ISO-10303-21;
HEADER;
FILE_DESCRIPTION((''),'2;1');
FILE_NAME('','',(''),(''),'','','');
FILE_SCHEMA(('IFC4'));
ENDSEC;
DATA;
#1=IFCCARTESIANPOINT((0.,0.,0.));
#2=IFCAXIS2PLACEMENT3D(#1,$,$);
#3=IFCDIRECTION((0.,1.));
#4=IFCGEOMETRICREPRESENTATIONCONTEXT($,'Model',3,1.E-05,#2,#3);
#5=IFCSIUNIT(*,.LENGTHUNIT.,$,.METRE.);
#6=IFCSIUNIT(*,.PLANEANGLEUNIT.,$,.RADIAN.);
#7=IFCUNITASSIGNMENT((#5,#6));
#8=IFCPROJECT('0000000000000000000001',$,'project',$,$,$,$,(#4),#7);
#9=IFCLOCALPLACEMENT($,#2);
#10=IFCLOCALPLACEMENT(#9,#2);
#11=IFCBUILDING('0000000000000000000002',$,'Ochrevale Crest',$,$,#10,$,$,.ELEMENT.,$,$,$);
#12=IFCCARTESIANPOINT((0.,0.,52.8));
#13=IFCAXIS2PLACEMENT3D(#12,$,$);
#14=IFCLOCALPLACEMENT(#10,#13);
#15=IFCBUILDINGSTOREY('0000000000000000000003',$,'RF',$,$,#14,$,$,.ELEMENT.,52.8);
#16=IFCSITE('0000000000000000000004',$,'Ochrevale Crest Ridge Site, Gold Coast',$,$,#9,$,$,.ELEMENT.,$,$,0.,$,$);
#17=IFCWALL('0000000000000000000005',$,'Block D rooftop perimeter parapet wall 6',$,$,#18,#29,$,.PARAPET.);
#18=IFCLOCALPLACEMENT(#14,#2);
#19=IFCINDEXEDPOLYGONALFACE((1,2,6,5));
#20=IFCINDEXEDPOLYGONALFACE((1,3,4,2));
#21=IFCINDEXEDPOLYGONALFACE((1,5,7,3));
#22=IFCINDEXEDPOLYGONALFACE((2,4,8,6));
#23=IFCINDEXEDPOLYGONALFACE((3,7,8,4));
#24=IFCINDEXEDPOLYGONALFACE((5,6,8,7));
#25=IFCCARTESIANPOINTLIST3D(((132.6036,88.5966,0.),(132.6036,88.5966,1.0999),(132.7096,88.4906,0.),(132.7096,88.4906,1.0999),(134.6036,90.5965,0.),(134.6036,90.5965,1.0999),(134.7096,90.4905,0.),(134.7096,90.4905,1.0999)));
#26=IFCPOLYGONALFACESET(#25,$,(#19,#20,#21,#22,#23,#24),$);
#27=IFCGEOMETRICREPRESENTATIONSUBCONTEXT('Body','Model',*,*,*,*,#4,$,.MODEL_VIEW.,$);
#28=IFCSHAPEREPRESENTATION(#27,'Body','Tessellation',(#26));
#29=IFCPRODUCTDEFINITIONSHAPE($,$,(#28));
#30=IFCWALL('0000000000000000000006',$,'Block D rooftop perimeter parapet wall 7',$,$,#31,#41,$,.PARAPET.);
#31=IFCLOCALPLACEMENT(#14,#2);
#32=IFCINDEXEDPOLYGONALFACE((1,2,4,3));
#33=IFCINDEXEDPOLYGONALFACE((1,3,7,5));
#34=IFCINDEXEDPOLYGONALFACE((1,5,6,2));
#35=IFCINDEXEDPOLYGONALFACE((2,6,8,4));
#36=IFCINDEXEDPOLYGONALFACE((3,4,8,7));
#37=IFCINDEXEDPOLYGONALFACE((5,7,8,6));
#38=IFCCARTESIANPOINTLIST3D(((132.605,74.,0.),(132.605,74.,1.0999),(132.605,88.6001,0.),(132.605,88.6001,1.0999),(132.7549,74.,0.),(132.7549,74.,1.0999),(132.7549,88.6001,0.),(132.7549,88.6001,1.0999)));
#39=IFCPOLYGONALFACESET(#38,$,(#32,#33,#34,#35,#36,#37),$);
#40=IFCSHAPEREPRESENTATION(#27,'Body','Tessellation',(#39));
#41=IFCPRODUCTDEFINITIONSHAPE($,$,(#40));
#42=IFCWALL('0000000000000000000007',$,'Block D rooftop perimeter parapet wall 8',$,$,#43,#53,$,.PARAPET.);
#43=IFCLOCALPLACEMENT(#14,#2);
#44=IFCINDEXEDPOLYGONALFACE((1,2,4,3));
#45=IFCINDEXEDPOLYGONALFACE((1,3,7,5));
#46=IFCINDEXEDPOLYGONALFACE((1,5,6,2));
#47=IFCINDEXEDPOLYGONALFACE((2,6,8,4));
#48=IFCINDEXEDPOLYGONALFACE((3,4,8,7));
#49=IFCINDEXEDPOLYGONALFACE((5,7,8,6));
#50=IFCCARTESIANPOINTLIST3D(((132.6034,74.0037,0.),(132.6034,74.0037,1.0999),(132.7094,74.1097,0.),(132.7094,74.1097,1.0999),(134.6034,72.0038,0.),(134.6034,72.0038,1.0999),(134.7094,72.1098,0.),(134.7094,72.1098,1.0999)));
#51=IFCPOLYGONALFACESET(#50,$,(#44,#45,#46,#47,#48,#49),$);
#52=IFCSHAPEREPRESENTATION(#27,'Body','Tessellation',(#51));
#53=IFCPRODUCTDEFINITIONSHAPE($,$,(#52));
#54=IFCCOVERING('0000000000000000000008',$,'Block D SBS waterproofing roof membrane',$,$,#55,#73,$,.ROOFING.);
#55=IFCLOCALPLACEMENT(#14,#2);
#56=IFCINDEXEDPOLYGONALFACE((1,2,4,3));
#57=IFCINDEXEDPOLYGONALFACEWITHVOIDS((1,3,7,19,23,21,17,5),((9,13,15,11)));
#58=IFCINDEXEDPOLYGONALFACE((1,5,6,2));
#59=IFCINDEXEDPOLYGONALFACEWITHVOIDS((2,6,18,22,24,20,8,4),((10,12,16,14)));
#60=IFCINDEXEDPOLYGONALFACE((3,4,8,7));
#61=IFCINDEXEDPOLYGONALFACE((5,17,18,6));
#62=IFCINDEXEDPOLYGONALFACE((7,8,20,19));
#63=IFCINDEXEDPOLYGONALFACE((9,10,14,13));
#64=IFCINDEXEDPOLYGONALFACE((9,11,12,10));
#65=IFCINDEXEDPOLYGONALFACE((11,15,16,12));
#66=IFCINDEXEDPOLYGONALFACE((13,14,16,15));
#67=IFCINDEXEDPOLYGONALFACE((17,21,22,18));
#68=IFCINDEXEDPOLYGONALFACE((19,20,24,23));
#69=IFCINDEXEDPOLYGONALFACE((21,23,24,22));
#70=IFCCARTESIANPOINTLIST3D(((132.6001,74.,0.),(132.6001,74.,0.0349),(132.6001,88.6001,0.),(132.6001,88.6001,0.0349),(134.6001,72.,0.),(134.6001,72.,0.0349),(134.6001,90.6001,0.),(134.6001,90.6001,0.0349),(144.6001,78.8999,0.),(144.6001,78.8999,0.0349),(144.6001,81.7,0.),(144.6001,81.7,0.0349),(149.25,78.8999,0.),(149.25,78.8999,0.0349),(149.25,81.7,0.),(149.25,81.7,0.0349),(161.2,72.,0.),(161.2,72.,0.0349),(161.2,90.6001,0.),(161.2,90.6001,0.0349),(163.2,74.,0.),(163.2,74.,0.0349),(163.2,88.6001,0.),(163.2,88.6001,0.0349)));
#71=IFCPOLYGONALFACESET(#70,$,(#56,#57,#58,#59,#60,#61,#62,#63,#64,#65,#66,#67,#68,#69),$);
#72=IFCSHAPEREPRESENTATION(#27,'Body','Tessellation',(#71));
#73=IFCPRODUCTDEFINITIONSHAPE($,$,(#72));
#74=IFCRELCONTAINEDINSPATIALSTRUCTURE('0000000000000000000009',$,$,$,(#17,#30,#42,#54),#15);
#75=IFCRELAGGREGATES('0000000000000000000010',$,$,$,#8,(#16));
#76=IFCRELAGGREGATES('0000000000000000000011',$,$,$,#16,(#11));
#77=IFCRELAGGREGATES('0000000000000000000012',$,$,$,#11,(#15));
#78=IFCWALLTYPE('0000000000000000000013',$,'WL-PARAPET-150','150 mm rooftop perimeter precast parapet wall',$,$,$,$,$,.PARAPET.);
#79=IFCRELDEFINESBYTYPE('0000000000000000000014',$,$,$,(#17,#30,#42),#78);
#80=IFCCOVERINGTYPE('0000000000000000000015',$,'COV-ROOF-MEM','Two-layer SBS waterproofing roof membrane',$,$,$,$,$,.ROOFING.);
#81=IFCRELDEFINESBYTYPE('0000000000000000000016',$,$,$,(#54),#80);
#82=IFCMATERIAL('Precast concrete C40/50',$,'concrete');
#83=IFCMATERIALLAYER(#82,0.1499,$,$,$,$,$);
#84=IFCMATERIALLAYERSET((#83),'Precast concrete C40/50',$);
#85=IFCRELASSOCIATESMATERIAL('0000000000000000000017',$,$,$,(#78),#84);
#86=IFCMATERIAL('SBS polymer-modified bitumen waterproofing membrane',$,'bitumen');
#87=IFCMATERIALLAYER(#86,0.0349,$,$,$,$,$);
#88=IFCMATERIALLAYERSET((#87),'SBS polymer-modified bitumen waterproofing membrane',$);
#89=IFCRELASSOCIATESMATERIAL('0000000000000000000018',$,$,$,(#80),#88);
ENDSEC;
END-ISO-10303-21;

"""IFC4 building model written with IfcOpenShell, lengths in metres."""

from ifc_helpers import new_model, si_unit, direction, frame, frame_2d, origin, place, context, subcontext, project, spatial, polyline, rectangle, outline, extrude, material, layer, layer_set, type_object, element, save


model = new_model("IFC4")

# Units and contexts
model_context = context("Model", 3, precision=1e-05, world=origin(), true_north=direction((0.0, 1.0)))
body_context = subcontext(model_context, "Body", "Model", "MODEL_VIEW")
ifc_project = project(units=[si_unit("LENGTHUNIT", "METRE"), si_unit("PLANEANGLEUNIT", "RADIAN")], contexts=[model_context])

# Site, building, storey
site_placement = place(None, origin())
site = spatial("IfcSite", under=ifc_project, at=site_placement, Name="Ochrevale Crest Ridge Site, Gold Coast", CompositionType="ELEMENT", RefElevation=0.0)
building_placement = place(site_placement, origin())
building = spatial("IfcBuilding", under=site, at=building_placement, Name="Ochrevale Crest", CompositionType="ELEMENT")
storey_placement = place(building_placement, frame((0.0, 0.0, 52.8)))
storey = spatial("IfcBuildingStorey", under=building, at=storey_placement, Name="RF", CompositionType="ELEMENT", Elevation=52.8)

# Shared definitions
ifc_material_1 = material(Name="Precast concrete C40/50", Category="concrete")

# Walls
ifc_layer_1 = layer(ifc_material_1, 0.1499)
ifc_layer_set_1 = layer_set([ifc_layer_1], Name="Precast concrete C40/50")
wall_type_1 = type_object("IfcWallType", Name="WL-PARAPET-150", Description="150 mm rooftop perimeter precast parapet wall", PredefinedType="PARAPET", material=ifc_layer_set_1)
wall_1_placement = place(storey_placement, frame((134.6565, 90.5435, 0.0), z_axis=(0.0, 0.0, 1.0), x_axis=(-0.707107, -0.707107, 0.0)))
element("IfcWall", 1, at=wall_1_placement, inside=storey, type_object=wall_type_1, Name="Block D rooftop perimeter parapet wall 6", PredefinedType="PARAPET", context=body_context, shape_type="SweptSolid", body=[
    extrude(rectangle(XDim=2.8284, YDim=0.1499, at=frame_2d((1.4141, 0.0))), origin(), (0.0, 0.0, 1.0), 1.0999),
])
wall_2_placement = place(storey_placement, frame((132.6799, 88.6001, 0.0), z_axis=(0.0, 0.0, 1.0), x_axis=(0.0, -1.0, 0.0)))
element("IfcWall", 2, at=wall_2_placement, inside=storey, type_object=wall_type_1, Name="Block D rooftop perimeter parapet wall 7", PredefinedType="PARAPET", context=body_context, shape_type="SweptSolid", body=[
    extrude(rectangle(XDim=14.6001, YDim=0.1499, at=frame_2d((7.3, 0.0))), origin(), (0.0, 0.0, 1.0), 1.0999),
])
wall_3_placement = place(storey_placement, frame((132.6565, 74.0566, 0.0), z_axis=(0.0, 0.0, 1.0), x_axis=(0.707107, -0.707107, 0.0)))
element("IfcWall", 3, at=wall_3_placement, inside=storey, type_object=wall_type_1, Name="Block D rooftop perimeter parapet wall 8", PredefinedType="PARAPET", context=body_context, shape_type="SweptSolid", body=[
    extrude(rectangle(XDim=2.8284, YDim=0.1499, at=frame_2d((1.4141, 0.0))), origin(), (0.0, 0.0, 1.0), 1.0999),
])

# Covering
ifc_material_2 = material(Name="SBS polymer-modified bitumen waterproofing membrane", Category="bitumen")
ifc_layer_2 = layer(ifc_material_2, 0.0349)
ifc_layer_set_2 = layer_set([ifc_layer_2], Name="SBS polymer-modified bitumen waterproofing membrane")
covering_type = type_object("IfcCoveringType", Name="COV-ROOF-MEM", Description="Two-layer SBS waterproofing roof membrane", PredefinedType="ROOFING", material=ifc_layer_set_2)
covering_placement = place(storey_placement, origin())
element("IfcCovering", 4, at=covering_placement, inside=storey, type_object=covering_type, Name="Block D SBS waterproofing roof membrane", PredefinedType="ROOFING", context=body_context, shape_type="SweptSolid", body=[
    extrude(outline(polyline([(134.6001, 72.0), (161.2, 72.0), (163.2, 74.0), (163.2, 88.6001), (161.2, 90.6001), (134.6001, 90.6001), (132.6001, 88.6001), (132.6001, 74.0), (134.6001, 72.0)]), holes=[polyline([(144.6001, 78.8999), (149.25, 78.8999), (149.25, 81.7), (144.6001, 81.7), (144.6001, 78.8999)])]), origin(), (0.0, 0.0, 1.0), 0.0349),
])

save(model, "model.ifc")
